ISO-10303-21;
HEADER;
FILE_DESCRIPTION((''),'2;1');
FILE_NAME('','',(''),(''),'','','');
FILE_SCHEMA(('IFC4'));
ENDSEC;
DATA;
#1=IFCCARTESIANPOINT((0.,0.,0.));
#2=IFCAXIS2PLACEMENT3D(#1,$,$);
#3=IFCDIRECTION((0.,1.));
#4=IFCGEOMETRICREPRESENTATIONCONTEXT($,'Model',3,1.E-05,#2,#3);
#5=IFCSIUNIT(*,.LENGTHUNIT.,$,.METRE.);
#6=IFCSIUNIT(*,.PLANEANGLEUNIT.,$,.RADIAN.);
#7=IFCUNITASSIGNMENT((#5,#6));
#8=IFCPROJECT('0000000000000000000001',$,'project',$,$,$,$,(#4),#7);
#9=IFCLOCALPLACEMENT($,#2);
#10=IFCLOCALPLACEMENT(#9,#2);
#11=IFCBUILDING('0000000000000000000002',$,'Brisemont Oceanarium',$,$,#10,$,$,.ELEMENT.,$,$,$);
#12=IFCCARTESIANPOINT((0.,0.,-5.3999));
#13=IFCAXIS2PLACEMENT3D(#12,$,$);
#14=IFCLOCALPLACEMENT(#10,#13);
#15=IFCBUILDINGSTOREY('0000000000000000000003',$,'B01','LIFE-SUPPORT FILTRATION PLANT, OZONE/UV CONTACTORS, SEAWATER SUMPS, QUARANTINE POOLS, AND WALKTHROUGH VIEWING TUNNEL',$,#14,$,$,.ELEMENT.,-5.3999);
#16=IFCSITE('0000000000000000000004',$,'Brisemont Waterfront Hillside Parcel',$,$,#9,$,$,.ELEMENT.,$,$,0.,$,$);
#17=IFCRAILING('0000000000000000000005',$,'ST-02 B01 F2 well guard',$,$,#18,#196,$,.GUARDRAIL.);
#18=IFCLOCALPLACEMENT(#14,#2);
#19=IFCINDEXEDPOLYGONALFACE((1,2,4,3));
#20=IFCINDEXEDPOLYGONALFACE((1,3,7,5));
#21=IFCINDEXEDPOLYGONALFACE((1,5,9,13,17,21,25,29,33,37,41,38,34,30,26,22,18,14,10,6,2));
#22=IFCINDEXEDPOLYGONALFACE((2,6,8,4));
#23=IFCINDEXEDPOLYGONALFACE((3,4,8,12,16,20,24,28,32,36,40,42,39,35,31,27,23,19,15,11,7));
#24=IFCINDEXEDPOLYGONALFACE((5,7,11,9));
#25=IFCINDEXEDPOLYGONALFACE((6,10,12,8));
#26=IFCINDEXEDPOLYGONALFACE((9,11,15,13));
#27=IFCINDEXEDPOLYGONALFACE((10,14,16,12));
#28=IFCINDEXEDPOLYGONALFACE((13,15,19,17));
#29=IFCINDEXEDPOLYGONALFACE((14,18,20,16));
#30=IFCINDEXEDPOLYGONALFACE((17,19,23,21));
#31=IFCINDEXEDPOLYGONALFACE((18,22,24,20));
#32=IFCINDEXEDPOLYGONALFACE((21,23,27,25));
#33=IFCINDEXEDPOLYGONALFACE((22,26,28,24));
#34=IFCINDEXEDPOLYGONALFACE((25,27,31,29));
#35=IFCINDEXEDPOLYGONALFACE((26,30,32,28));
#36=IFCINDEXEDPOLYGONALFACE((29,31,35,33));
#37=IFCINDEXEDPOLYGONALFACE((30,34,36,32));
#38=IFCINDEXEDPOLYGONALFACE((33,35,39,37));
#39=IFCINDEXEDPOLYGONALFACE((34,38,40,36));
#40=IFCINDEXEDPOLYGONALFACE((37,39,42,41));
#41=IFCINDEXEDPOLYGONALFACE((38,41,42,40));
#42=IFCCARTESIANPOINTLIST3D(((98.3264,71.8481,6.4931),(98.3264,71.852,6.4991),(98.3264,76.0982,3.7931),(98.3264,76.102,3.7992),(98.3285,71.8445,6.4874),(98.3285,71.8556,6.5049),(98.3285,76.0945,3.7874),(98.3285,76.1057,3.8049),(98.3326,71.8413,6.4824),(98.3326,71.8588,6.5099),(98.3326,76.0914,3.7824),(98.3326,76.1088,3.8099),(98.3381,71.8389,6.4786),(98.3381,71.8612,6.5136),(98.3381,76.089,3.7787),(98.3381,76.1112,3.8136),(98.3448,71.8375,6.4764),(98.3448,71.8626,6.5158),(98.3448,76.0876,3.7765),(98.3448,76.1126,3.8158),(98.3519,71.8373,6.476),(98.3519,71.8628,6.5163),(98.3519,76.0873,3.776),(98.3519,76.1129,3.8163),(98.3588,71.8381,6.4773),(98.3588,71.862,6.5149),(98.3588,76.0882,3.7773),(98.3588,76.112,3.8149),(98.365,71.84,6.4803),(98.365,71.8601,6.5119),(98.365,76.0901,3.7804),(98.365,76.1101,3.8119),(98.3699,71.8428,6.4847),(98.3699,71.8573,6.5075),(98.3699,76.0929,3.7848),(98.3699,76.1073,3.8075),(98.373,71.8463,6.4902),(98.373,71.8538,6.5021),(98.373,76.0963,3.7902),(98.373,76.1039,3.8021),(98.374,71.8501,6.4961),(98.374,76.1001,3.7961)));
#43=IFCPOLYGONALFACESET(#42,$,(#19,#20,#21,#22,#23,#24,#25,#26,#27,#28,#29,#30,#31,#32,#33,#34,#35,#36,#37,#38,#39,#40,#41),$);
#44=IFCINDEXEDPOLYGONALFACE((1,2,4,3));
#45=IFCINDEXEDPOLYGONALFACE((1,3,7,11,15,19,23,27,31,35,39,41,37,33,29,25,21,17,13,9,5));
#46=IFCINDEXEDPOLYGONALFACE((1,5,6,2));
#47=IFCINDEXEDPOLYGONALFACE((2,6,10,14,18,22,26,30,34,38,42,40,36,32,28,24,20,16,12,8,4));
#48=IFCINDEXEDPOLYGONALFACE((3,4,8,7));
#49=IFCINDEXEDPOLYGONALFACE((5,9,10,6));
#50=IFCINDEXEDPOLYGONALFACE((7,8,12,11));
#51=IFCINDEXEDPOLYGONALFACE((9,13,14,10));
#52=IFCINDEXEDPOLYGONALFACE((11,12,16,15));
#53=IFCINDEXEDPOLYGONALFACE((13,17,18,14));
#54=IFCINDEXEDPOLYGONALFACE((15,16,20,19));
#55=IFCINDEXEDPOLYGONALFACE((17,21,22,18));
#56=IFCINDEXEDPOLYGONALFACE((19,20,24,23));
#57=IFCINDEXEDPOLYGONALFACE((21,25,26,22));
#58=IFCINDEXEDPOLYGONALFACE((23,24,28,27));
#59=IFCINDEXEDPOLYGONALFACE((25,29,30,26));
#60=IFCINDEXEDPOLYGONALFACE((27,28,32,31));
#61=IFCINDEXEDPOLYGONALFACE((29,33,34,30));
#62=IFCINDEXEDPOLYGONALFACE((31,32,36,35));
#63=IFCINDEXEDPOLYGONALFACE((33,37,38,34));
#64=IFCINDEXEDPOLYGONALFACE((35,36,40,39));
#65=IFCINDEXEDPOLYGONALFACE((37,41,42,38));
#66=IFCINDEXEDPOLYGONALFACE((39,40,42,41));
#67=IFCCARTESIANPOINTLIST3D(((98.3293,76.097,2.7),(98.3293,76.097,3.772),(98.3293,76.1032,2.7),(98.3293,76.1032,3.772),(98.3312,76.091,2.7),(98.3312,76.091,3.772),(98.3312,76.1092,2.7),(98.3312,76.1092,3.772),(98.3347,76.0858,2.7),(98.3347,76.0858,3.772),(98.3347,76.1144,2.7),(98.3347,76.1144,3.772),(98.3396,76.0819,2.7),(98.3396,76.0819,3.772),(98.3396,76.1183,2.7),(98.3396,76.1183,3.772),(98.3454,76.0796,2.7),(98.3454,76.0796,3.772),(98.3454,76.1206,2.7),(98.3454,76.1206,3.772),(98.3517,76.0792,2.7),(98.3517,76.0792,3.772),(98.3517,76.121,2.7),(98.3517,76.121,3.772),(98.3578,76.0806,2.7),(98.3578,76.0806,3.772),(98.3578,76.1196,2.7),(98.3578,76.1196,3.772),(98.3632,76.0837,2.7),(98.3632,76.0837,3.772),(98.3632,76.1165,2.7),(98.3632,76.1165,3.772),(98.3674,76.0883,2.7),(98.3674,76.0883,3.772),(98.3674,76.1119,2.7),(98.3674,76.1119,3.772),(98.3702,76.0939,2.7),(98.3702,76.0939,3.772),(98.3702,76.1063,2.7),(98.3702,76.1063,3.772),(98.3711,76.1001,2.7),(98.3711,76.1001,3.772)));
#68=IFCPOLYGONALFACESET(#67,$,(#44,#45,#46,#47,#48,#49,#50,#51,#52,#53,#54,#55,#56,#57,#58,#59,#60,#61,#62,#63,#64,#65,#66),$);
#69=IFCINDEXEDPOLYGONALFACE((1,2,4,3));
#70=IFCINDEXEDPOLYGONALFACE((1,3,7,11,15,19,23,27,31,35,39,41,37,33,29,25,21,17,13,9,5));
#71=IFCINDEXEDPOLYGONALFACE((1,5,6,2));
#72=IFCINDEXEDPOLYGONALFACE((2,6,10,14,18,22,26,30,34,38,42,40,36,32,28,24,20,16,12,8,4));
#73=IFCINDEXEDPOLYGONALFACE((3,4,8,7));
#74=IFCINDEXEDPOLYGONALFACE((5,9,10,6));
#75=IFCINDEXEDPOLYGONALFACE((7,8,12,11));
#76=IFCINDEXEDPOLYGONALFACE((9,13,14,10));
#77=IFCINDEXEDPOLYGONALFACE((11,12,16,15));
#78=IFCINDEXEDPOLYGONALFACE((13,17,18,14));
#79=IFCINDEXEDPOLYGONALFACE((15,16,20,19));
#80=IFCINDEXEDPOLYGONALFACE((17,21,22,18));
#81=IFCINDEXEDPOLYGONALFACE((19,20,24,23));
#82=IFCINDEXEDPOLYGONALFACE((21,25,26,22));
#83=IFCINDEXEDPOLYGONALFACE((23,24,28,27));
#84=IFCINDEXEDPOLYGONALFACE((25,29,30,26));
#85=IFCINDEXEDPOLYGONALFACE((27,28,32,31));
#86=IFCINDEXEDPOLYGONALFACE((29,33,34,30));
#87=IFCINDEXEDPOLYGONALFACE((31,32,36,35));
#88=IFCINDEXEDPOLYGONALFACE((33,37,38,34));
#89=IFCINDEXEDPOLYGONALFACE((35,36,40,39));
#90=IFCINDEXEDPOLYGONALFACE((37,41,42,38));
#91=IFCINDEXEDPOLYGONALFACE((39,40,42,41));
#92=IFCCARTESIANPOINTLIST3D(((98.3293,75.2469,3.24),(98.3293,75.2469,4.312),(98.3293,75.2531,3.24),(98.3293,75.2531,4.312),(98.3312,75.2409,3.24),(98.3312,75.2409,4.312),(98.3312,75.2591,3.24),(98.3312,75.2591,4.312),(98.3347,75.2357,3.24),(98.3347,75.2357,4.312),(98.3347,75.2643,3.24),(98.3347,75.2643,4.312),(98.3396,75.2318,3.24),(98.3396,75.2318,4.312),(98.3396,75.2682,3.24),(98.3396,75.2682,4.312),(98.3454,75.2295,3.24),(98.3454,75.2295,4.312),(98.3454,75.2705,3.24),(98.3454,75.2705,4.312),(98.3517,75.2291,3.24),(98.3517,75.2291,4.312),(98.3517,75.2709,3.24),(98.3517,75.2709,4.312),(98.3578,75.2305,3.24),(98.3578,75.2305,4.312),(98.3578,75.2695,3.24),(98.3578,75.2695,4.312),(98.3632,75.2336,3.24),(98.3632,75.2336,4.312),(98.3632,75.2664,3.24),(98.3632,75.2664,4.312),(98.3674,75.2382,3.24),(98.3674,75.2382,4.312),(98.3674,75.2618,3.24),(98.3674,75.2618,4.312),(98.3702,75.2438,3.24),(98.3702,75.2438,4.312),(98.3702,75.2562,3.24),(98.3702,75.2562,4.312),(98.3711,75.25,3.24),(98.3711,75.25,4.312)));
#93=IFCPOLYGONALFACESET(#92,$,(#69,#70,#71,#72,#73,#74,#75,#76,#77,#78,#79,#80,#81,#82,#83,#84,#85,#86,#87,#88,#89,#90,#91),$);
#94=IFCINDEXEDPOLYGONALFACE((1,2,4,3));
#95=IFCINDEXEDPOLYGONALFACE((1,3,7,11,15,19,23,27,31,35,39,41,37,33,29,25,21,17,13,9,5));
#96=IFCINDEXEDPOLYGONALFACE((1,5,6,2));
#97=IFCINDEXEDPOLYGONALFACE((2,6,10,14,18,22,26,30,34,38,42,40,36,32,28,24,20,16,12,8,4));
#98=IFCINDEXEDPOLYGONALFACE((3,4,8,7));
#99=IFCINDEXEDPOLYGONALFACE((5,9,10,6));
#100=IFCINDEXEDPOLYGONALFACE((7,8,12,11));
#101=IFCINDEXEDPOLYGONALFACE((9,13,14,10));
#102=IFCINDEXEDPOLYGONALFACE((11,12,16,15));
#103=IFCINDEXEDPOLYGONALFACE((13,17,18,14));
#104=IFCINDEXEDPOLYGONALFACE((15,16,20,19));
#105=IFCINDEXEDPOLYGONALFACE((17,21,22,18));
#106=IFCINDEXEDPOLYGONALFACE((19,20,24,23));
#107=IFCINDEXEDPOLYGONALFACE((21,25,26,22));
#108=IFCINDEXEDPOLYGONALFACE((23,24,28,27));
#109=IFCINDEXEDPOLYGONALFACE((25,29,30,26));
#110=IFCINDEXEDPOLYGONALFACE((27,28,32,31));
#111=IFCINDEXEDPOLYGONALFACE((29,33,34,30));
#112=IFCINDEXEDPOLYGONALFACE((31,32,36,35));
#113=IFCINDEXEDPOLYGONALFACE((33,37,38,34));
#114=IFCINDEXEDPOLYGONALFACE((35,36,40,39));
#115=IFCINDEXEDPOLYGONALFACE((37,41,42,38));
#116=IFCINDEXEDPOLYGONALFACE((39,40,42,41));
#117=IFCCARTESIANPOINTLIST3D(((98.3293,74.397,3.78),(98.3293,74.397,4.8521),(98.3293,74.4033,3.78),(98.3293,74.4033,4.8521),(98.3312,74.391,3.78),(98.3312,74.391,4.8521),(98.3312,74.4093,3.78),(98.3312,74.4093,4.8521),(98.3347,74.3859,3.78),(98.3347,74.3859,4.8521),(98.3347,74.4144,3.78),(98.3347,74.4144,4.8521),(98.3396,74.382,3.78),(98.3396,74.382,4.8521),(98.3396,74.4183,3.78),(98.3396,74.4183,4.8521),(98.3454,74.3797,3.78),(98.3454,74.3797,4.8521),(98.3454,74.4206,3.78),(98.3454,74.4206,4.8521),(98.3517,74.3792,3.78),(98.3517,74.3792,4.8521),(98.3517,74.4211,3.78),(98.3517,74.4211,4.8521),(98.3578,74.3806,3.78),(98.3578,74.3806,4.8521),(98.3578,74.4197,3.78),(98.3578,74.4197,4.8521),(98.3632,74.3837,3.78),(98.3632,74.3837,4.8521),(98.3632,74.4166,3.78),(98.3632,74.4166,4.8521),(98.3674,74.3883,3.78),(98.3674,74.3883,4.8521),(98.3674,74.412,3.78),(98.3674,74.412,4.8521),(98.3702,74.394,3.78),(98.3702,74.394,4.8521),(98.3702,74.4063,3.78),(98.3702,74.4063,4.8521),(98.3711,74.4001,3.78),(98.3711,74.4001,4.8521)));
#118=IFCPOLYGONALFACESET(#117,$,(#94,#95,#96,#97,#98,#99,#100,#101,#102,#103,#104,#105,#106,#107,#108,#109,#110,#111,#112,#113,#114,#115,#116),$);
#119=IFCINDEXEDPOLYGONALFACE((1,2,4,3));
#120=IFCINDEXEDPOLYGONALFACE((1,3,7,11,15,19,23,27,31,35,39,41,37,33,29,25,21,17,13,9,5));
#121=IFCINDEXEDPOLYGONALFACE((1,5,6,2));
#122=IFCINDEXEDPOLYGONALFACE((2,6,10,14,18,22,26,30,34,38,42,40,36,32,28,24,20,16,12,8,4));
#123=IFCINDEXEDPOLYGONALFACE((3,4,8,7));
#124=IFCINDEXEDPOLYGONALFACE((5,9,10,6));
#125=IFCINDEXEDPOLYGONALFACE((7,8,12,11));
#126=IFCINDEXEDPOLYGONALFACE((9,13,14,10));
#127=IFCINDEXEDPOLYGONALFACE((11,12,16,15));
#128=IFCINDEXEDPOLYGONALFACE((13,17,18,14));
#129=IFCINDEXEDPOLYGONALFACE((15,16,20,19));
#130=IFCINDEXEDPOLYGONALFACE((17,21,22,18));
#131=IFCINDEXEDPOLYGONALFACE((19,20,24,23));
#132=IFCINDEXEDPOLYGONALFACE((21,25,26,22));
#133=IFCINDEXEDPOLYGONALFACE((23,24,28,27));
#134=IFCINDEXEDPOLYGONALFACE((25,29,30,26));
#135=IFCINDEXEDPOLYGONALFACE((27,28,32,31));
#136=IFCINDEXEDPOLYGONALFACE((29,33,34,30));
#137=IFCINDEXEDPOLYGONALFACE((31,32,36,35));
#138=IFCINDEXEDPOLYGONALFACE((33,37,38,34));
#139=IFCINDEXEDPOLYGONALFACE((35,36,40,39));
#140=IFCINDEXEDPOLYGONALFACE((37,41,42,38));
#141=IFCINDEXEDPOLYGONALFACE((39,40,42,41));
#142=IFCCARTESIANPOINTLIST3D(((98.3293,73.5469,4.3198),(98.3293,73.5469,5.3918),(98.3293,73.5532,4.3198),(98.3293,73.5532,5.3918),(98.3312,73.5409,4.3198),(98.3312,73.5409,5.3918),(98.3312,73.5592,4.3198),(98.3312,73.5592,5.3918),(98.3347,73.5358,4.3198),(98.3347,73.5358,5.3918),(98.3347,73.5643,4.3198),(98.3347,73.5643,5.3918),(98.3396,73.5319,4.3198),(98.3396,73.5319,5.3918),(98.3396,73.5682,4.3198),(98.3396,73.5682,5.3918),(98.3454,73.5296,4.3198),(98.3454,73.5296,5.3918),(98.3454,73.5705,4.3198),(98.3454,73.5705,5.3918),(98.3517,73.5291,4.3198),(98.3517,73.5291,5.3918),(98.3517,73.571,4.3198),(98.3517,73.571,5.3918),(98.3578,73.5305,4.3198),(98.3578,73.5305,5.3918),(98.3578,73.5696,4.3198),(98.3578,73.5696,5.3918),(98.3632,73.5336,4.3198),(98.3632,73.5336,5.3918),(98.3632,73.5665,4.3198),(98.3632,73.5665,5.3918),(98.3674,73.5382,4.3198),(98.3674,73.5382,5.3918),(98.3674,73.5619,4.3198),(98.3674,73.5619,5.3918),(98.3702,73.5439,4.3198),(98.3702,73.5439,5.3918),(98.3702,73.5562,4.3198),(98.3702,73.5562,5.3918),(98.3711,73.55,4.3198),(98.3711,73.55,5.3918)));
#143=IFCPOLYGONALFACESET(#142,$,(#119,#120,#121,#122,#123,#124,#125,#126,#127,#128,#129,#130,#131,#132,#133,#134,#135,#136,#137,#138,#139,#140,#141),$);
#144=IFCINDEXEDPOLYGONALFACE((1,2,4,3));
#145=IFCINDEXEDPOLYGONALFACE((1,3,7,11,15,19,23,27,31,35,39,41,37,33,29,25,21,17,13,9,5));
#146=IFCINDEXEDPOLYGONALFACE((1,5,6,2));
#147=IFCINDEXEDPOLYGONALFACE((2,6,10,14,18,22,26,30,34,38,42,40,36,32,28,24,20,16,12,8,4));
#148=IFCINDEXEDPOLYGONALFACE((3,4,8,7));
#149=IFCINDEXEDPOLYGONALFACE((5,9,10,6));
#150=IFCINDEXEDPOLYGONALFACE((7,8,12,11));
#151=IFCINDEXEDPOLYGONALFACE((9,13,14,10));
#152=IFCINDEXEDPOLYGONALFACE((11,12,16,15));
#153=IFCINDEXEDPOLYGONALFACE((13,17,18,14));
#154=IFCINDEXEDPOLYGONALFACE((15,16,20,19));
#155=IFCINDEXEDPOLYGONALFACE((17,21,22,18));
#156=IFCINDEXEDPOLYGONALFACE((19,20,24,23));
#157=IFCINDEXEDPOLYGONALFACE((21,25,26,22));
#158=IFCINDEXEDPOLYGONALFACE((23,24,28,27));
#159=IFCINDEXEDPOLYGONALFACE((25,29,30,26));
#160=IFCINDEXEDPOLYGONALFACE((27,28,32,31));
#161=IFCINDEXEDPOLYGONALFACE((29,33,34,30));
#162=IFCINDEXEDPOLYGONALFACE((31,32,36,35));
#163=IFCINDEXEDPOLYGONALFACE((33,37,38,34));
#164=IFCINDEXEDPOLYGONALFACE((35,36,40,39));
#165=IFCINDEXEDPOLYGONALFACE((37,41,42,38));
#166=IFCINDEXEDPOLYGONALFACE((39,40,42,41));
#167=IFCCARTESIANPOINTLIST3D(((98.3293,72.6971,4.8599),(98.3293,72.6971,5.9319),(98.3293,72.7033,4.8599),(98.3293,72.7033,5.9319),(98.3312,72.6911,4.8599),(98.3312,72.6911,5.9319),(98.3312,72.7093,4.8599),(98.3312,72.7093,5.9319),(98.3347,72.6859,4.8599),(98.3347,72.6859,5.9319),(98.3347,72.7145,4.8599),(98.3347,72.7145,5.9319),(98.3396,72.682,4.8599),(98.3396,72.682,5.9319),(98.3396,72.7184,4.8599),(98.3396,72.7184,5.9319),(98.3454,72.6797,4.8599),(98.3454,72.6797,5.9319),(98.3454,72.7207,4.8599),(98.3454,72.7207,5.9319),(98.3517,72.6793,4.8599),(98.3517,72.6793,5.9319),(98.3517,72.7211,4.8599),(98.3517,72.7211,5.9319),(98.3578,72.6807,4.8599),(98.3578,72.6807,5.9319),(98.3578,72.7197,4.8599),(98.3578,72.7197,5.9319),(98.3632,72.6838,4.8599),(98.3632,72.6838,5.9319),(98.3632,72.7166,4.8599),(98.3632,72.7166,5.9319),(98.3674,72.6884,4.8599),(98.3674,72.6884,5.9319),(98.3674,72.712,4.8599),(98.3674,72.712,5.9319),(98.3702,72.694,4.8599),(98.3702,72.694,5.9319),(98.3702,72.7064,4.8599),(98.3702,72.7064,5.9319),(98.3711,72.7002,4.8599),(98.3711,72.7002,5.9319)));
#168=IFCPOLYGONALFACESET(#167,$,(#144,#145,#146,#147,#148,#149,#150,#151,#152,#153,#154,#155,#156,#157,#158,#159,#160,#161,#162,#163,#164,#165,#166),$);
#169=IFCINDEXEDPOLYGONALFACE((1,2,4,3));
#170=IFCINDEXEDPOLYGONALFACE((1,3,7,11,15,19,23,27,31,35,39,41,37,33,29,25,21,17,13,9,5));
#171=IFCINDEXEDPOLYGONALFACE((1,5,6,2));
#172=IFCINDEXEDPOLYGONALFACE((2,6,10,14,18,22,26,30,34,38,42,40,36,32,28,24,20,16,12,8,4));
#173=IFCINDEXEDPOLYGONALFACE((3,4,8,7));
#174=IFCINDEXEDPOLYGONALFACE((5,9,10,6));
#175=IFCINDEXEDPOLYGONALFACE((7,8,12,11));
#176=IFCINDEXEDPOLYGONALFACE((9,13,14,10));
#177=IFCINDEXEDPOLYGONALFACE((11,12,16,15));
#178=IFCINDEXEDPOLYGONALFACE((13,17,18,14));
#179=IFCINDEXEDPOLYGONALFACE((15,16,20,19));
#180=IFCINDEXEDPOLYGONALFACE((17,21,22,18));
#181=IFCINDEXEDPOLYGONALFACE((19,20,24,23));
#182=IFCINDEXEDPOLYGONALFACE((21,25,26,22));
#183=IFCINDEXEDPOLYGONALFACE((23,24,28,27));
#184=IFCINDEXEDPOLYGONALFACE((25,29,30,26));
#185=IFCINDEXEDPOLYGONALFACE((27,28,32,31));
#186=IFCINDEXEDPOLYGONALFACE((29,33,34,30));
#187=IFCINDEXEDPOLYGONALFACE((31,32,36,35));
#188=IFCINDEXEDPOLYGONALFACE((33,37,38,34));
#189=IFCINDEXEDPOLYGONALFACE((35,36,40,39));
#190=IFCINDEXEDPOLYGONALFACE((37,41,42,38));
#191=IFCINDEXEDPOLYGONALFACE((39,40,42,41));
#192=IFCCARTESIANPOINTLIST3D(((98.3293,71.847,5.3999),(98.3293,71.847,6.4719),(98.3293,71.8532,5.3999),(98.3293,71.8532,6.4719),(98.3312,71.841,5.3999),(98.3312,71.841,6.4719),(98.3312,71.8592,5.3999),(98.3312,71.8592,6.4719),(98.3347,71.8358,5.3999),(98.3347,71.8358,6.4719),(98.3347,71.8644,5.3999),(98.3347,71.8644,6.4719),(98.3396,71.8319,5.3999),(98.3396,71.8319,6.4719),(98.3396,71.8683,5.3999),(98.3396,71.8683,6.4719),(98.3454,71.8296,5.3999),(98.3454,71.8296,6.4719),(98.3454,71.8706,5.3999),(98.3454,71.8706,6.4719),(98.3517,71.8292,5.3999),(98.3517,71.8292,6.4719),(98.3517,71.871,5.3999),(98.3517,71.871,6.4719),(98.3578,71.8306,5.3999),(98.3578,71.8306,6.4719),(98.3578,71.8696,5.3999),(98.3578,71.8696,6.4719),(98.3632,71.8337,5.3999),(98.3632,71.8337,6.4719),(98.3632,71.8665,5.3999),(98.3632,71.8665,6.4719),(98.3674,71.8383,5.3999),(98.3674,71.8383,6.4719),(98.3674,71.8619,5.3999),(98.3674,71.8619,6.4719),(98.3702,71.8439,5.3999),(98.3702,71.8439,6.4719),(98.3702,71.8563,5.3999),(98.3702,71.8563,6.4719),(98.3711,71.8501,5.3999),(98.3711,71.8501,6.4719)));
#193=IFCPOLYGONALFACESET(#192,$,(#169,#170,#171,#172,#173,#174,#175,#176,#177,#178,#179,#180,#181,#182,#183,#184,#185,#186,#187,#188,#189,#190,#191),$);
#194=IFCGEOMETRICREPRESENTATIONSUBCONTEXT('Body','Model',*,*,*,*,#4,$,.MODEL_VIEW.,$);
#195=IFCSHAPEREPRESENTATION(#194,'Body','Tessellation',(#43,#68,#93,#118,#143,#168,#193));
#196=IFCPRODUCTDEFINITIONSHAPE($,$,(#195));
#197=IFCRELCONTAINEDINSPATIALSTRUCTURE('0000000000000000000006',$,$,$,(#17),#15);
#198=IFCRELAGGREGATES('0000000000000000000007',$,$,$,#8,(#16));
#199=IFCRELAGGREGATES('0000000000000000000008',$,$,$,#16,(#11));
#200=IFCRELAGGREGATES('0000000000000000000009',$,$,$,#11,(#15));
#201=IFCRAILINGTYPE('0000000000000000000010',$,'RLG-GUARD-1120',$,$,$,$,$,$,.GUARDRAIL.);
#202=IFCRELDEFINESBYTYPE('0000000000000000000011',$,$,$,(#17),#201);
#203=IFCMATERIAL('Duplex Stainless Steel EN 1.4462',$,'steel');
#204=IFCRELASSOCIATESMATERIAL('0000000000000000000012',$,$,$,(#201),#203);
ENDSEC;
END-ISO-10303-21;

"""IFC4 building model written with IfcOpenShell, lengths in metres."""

from ifc_helpers import new_model, si_unit, direction, frame, origin, origin_2d, place, context, subcontext, project, spatial, circle, extrude, material, type_object, element, save


model = new_model("IFC4")

# Units and contexts
model_context = context("Model", 3, precision=1e-05, world=origin(), true_north=direction((0.0, 1.0)))
body_context = subcontext(model_context, "Body", "Model", "MODEL_VIEW")
ifc_project = project(units=[si_unit("LENGTHUNIT", "METRE"), si_unit("PLANEANGLEUNIT", "RADIAN")], contexts=[model_context])

# Site, building, storey
site_placement = place(None, origin())
site = spatial("IfcSite", under=ifc_project, at=site_placement, Name="Brisemont Waterfront Hillside Parcel", CompositionType="ELEMENT", RefElevation=0.0)
building_placement = place(site_placement, origin())
building = spatial("IfcBuilding", under=site, at=building_placement, Name="Brisemont Oceanarium", CompositionType="ELEMENT")
storey_placement = place(building_placement, frame((0.0, 0.0, -5.3999)))
storey = spatial("IfcBuildingStorey", under=building, at=storey_placement, Name="B01", Description="LIFE-SUPPORT FILTRATION PLANT, OZONE/UV CONTACTORS, SEAWATER SUMPS, QUARANTINE POOLS, AND WALKTHROUGH VIEWING TUNNEL", CompositionType="ELEMENT", Elevation=-5.3999)

# Railing
ifc_material_1 = material(Name="Duplex Stainless Steel EN 1.4462", Category="steel")
railing_type_1 = type_object("IfcRailingType", Name="RLG-GUARD-1120", PredefinedType="GUARDRAIL", material=ifc_material_1)
railing_1_placement = place(storey_placement, frame((98.3501, 76.1001, 2.7)))
element("IfcRailing", 1, at=railing_1_placement, inside=storey, type_object=railing_type_1, Name="ST-02 B01 F2 well guard", PredefinedType="GUARDRAIL", context=body_context, shape_type="SweptSolid", body=[
    extrude(circle(Radius=0.0239, at=origin_2d()), frame((0.0, 0.0, 1.0962), z_axis=(0.0, -0.844075, 0.536226), x_axis=(1.0, 0.0, 0.0)), (0.0, 0.0, 1.0), 5.0352),
    extrude(circle(Radius=0.021, at=origin_2d()), origin(), (0.0, 0.0, 1.0), 1.072),
    extrude(circle(Radius=0.021, at=origin_2d()), frame((0.0, -0.8501, 0.54)), (0.0, 0.0, 1.0), 1.072),
    extrude(circle(Radius=0.021, at=origin_2d()), frame((0.0, -1.7, 1.0801)), (0.0, 0.0, 1.0), 1.072),
    extrude(circle(Radius=0.021, at=origin_2d()), frame((0.0, -2.55, 1.6199)), (0.0, 0.0, 1.0), 1.072),
    extrude(circle(Radius=0.021, at=origin_2d()), frame((0.0, -3.3999, 2.1599)), (0.0, 0.0, 1.0), 1.072),
    extrude(circle(Radius=0.021, at=origin_2d()), frame((0.0, -4.25, 2.7)), (0.0, 0.0, 1.0), 1.072),
])

save(model, "model.ifc")
